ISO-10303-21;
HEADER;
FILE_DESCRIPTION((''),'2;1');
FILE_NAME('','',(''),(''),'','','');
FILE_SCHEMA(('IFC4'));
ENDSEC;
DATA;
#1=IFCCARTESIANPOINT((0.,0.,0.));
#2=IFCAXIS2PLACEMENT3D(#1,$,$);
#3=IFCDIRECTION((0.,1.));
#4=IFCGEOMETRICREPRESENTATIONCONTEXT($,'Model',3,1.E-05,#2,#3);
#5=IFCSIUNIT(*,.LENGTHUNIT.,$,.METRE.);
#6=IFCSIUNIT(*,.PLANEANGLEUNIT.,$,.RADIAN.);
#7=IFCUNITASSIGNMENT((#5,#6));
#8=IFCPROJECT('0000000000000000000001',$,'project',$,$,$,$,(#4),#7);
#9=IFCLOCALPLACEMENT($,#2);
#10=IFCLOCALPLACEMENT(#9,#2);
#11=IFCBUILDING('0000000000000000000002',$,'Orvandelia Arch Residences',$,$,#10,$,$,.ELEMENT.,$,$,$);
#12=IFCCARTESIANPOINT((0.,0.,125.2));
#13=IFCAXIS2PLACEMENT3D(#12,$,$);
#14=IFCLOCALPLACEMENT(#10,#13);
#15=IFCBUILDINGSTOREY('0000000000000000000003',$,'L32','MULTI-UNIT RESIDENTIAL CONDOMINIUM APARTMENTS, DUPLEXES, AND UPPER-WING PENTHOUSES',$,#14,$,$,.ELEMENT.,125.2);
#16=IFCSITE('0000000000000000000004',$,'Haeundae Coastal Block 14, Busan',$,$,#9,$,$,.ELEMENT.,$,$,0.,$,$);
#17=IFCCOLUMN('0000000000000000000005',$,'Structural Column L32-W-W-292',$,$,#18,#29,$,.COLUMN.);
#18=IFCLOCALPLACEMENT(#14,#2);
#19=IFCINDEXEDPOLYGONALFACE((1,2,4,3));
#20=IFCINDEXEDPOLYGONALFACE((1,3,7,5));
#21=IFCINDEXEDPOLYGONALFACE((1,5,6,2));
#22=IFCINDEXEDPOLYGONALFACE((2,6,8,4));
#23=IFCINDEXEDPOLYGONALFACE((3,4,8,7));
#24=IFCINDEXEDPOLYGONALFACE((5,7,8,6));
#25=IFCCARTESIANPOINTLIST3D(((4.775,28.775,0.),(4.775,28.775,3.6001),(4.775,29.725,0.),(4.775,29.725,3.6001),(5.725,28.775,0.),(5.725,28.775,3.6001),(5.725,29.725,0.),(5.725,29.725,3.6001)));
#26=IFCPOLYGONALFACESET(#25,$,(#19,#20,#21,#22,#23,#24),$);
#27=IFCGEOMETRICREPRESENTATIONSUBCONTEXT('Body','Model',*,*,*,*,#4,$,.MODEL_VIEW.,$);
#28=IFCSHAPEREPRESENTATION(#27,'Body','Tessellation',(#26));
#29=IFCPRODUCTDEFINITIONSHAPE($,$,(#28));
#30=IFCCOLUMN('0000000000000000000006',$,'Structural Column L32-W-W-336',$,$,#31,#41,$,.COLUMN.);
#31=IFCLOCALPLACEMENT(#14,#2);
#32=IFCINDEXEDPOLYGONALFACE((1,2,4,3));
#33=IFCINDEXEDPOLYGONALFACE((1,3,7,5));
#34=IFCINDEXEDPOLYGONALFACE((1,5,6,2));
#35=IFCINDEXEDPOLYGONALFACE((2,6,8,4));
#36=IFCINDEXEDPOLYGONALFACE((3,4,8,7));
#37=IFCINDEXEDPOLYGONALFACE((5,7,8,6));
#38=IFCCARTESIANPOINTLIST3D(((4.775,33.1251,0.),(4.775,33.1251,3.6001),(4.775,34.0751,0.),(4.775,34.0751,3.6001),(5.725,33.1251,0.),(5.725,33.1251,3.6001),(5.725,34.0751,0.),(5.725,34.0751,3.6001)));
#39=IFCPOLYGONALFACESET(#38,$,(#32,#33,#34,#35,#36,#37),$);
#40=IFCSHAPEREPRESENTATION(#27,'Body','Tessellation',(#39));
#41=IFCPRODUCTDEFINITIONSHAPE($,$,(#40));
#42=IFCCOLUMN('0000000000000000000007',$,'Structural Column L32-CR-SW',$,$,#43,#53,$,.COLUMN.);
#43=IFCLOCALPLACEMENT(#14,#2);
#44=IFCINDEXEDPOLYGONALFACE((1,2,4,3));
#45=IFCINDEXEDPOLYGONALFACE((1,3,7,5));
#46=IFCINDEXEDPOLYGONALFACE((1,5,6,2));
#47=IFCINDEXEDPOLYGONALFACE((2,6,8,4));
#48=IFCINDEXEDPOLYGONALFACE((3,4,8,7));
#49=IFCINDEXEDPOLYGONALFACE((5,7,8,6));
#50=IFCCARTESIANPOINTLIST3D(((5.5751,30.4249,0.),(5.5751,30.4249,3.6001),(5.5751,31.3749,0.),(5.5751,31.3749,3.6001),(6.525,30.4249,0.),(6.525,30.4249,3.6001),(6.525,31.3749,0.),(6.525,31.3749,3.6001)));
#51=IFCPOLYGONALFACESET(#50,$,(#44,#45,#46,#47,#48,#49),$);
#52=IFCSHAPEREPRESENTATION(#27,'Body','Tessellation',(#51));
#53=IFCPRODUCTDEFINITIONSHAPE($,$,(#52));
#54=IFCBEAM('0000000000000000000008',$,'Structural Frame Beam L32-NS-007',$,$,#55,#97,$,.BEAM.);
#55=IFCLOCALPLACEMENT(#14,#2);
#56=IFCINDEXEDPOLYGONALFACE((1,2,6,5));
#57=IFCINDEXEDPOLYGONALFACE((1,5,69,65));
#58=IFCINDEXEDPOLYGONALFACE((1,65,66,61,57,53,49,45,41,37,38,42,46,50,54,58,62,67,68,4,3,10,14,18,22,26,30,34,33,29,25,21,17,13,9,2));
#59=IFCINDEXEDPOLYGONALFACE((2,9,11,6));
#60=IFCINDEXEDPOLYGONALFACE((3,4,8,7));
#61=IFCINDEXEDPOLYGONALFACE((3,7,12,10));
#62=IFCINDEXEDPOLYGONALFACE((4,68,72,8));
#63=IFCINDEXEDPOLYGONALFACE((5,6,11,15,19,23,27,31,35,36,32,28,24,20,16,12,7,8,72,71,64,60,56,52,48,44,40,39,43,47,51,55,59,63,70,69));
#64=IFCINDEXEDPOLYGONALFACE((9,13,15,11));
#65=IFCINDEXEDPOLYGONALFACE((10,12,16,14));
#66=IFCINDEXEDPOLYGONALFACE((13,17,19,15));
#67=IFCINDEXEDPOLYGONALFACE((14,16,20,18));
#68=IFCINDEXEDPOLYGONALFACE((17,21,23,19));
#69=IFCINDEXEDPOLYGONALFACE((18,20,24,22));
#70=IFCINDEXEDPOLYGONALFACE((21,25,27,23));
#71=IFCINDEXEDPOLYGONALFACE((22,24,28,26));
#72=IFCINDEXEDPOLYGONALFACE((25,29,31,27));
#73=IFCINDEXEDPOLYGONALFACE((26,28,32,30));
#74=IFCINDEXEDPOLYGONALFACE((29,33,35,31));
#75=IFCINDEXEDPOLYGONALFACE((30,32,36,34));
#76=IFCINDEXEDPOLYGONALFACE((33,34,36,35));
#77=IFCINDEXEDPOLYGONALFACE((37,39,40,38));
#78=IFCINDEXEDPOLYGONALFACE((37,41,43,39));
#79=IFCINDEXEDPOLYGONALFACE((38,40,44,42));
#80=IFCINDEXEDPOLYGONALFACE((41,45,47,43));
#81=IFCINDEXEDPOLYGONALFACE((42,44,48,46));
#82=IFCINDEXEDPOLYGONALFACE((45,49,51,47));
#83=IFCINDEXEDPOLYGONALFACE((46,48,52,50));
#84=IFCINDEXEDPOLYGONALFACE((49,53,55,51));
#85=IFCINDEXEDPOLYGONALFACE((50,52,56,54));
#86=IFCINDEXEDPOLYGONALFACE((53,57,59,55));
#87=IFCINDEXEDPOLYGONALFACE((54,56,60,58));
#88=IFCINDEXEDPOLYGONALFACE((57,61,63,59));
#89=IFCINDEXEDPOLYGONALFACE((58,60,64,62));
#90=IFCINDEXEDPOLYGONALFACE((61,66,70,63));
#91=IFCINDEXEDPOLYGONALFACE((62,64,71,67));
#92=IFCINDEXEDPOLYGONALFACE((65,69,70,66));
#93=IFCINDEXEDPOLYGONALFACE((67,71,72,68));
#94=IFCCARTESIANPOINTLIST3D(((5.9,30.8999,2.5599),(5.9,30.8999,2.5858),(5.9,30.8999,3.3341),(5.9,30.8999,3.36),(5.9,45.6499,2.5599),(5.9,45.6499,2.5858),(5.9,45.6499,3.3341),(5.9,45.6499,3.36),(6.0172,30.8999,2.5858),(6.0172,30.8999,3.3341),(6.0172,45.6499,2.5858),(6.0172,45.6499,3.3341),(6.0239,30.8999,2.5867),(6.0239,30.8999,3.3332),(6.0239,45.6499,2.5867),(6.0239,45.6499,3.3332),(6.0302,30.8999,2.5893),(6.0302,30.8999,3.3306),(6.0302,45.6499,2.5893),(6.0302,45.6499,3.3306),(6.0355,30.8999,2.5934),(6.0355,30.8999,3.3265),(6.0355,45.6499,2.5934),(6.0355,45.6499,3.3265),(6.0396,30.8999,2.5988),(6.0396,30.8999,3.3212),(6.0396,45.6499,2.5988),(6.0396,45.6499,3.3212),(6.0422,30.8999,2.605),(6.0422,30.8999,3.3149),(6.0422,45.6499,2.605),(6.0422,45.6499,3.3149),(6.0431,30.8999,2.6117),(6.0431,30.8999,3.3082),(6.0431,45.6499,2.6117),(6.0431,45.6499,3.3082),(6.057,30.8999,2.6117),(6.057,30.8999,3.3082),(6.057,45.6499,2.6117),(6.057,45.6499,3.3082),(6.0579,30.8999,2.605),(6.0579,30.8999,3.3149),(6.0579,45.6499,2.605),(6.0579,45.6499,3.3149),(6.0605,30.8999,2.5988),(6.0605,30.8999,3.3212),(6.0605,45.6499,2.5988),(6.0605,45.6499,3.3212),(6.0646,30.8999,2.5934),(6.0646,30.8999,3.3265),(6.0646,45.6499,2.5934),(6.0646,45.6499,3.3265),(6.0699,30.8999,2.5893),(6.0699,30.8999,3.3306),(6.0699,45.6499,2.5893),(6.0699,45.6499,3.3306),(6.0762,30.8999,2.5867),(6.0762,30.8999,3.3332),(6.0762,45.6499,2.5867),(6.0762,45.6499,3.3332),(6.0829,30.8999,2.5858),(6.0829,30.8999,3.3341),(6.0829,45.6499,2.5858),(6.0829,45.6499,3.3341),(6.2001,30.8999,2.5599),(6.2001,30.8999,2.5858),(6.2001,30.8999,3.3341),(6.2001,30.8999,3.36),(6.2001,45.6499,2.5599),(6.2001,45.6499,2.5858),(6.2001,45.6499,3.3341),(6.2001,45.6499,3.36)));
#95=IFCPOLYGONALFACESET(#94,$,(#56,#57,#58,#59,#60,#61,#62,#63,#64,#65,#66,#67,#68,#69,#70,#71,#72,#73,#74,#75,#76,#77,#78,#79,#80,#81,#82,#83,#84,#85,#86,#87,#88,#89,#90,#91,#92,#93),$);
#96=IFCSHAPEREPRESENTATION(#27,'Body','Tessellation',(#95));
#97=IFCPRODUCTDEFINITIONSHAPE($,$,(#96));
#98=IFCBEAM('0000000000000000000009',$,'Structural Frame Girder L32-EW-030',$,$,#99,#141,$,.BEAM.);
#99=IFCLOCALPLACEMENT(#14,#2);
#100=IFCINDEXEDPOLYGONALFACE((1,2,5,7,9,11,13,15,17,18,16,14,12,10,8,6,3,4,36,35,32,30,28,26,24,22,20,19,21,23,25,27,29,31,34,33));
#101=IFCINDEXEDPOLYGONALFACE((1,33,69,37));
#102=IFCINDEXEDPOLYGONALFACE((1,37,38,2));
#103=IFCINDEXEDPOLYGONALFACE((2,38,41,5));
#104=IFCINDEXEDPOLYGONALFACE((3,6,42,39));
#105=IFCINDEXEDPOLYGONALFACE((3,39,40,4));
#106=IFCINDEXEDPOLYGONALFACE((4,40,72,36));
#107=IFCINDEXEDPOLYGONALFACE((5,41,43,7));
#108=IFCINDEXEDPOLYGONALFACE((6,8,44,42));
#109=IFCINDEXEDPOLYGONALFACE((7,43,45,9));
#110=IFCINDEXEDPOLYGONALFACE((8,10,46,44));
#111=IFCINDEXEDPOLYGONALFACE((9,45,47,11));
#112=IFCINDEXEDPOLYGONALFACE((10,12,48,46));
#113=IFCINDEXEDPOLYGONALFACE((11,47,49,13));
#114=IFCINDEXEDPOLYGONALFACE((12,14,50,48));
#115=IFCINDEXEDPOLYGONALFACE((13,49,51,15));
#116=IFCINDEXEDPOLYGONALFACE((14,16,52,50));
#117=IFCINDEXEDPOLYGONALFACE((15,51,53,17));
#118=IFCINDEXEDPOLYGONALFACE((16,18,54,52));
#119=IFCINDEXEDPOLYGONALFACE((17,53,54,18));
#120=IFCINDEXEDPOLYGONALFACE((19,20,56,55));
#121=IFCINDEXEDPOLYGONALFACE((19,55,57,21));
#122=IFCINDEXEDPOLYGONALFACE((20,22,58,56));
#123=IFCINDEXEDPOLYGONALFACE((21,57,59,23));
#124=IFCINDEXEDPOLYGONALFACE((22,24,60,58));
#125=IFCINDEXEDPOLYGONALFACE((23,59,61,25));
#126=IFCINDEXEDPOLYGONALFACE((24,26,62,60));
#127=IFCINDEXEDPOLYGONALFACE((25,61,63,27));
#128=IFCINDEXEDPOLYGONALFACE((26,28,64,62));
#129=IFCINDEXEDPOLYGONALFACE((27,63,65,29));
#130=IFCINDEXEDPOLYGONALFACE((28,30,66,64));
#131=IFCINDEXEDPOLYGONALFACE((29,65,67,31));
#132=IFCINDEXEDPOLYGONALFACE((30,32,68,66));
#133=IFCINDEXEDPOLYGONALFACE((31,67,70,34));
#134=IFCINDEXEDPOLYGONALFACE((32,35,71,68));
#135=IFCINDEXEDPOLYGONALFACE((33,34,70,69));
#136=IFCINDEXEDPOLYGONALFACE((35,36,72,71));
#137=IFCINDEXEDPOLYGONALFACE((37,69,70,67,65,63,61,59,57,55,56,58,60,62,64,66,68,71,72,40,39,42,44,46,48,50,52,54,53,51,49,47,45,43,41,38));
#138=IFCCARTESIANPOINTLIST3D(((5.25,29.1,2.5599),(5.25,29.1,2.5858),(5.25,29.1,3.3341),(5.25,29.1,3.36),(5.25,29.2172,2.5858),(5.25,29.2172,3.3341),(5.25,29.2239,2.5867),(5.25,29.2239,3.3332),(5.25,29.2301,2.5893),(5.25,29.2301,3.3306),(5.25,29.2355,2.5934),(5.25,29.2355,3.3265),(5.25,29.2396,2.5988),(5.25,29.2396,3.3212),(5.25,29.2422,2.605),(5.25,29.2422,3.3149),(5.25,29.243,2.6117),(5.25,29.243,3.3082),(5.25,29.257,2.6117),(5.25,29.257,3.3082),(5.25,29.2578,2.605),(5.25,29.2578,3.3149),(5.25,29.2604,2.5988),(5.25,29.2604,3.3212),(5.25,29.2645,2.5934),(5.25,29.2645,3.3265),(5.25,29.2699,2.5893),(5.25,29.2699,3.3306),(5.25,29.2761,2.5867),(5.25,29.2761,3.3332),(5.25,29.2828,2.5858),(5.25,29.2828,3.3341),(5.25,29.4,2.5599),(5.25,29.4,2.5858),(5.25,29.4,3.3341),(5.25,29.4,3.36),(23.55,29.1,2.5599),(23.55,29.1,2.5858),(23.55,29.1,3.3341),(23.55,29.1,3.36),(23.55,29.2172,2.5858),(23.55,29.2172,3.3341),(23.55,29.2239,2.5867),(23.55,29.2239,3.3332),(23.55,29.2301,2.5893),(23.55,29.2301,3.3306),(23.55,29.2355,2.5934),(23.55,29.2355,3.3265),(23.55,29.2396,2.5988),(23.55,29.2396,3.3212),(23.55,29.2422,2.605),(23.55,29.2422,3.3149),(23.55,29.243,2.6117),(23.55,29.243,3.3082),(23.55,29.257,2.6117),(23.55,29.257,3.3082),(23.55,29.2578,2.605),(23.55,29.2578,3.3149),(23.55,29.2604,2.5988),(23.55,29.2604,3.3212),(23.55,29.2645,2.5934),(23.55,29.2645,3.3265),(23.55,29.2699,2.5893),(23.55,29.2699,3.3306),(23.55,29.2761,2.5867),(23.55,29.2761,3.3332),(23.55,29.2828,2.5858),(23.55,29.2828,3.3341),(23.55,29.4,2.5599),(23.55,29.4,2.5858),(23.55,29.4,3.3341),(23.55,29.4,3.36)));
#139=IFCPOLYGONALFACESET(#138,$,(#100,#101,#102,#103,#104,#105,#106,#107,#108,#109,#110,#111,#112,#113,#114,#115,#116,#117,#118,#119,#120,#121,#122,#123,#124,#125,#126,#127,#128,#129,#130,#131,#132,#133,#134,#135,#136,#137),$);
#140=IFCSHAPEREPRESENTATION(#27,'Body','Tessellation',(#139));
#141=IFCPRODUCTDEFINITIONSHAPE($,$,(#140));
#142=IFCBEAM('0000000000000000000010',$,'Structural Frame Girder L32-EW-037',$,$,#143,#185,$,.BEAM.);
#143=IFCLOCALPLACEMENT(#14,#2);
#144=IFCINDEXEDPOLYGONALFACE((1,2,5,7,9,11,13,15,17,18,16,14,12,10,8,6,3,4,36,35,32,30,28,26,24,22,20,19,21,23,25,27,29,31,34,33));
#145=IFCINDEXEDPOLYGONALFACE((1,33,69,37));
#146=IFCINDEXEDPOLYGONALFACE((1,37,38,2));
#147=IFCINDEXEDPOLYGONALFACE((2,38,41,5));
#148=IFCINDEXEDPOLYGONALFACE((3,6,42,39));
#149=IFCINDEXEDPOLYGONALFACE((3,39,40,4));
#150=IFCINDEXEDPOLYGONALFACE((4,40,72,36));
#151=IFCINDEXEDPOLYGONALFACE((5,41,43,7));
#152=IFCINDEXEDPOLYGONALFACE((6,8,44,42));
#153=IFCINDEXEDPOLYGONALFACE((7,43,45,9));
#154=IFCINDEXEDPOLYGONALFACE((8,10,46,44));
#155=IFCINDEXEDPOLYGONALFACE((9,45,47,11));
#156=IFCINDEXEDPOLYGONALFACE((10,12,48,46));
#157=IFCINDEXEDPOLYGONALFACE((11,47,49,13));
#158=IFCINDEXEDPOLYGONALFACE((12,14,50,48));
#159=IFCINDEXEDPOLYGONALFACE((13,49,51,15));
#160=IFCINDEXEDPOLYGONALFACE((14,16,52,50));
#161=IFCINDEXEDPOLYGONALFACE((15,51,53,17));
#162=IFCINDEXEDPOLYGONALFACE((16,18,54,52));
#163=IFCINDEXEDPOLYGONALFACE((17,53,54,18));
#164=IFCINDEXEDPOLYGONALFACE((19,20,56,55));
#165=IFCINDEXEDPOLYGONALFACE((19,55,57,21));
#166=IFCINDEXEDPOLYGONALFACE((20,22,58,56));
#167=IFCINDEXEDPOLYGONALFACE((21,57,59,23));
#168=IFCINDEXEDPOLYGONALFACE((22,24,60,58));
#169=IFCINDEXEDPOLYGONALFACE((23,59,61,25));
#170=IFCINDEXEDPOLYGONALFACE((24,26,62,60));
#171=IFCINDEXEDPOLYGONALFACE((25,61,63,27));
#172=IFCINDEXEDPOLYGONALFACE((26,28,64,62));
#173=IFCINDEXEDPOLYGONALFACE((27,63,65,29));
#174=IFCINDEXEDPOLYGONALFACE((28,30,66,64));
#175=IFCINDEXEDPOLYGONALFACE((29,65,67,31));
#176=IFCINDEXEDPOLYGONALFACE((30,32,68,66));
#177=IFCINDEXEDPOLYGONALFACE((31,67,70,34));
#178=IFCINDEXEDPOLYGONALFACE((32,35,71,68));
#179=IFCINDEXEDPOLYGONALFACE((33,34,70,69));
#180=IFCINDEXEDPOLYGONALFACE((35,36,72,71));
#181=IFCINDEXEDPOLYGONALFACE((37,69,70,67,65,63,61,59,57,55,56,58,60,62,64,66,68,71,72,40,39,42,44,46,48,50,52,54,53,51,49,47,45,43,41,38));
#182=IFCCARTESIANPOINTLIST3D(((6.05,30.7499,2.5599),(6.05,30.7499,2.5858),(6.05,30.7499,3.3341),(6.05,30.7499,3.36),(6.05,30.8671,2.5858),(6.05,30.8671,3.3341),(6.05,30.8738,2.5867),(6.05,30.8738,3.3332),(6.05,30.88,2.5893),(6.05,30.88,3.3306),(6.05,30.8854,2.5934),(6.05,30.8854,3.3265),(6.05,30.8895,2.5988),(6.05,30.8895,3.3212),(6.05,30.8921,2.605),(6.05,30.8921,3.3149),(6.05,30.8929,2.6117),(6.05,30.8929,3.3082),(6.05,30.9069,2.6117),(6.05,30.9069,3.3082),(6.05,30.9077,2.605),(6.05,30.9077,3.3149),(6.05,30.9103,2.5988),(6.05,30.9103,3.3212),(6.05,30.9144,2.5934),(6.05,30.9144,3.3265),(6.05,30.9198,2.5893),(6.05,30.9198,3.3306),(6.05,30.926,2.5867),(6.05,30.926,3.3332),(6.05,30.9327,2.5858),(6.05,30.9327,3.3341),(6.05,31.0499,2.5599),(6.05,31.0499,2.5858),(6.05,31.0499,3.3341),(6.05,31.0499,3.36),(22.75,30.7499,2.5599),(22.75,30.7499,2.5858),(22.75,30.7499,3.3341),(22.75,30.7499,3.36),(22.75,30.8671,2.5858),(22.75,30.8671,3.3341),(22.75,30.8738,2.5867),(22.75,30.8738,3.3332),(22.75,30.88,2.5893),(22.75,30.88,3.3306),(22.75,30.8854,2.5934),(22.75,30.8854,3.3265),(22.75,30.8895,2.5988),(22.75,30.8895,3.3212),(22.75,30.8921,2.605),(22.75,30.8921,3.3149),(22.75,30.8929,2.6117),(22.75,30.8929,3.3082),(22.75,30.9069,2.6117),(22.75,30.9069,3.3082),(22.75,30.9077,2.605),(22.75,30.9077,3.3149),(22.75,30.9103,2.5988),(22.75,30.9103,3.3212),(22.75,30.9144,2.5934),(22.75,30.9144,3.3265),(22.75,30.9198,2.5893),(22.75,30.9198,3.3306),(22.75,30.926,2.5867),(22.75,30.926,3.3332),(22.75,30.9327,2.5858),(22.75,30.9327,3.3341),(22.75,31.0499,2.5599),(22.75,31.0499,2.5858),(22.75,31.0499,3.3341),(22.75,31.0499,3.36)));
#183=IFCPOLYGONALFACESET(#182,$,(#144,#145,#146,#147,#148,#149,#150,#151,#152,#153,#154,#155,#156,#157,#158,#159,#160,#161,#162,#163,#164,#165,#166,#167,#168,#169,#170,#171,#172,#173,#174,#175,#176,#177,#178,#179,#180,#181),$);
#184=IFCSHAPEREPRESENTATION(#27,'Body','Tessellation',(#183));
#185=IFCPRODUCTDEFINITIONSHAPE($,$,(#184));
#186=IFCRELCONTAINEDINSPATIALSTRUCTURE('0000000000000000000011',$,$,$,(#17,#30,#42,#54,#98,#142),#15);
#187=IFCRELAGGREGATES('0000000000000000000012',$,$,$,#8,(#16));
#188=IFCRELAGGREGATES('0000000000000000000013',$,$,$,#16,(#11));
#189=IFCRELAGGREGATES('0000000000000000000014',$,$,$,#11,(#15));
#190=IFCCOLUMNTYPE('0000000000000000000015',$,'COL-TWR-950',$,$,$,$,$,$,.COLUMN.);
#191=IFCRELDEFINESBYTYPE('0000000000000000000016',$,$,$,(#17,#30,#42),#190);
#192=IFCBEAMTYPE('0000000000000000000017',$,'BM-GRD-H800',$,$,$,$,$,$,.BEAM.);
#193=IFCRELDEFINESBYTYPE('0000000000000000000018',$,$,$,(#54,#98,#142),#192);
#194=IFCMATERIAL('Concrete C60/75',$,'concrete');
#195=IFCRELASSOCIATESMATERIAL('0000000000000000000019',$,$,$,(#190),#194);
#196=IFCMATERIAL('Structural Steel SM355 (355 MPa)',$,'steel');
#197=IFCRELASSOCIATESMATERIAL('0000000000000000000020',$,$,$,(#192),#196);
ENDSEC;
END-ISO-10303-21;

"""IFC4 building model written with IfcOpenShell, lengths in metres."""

from ifc_helpers import new_model, si_unit, direction, frame, origin, origin_2d, place, context, subcontext, project, spatial, rectangle, i_section, extrude, material, material_profile, profile_set, type_object, element, save


model = new_model("IFC4")

# Units and contexts
model_context = context("Model", 3, precision=1e-05, world=origin(), true_north=direction((0.0, 1.0)))
body_context = subcontext(model_context, "Body", "Model", "MODEL_VIEW")
ifc_project = project(units=[si_unit("LENGTHUNIT", "METRE"), si_unit("PLANEANGLEUNIT", "RADIAN")], contexts=[model_context])

# Site, building, storey
site_placement = place(None, origin())
site = spatial("IfcSite", under=ifc_project, at=site_placement, Name="Haeundae Coastal Block 14, Busan", CompositionType="ELEMENT", RefElevation=0.0)
building_placement = place(site_placement, origin())
building = spatial("IfcBuilding", under=site, at=building_placement, Name="Orvandelia Arch Residences", CompositionType="ELEMENT")
storey_placement = place(building_placement, frame((0.0, 0.0, 125.2)))
storey = spatial("IfcBuildingStorey", under=building, at=storey_placement, Name="L32", Description="MULTI-UNIT RESIDENTIAL CONDOMINIUM APARTMENTS, DUPLEXES, AND UPPER-WING PENTHOUSES", CompositionType="ELEMENT", Elevation=125.2)

# Columns
ifc_material_1 = material(Name="Concrete C60/75", Category="concrete")
ifc_material_profile_1 = material_profile(ifc_material_1, rectangle(XDim=0.95, YDim=0.95, at=origin_2d()), Name="Concrete C60/75", Category="concrete")
ifc_profile_set_1 = profile_set([ifc_material_profile_1], Name="Concrete C60/75")
column_type = type_object("IfcColumnType", Name="COL-TWR-950", PredefinedType="COLUMN", material=ifc_profile_set_1)
for number, where, z_axis, x_axis, name in (
    (1, (5.25, 29.25, 0.0), (0.0, 0.0, 1.0), (1.0, 0.0, 0.0), "Structural Column L32-W-W-292"),
    (2, (5.25, 33.6001, 0.0), (0.0, 0.0, 1.0), (1.0, 0.0, 0.0), "Structural Column L32-W-W-336"),
    (3, (6.05, 30.8999, 0.0), (0.0, 0.0, 1.0), (1.0, 0.0, 0.0), "Structural Column L32-CR-SW"),
):
    element("IfcColumn", number, at=place(storey_placement, frame(where, z_axis=z_axis, x_axis=x_axis)), inside=storey, type_object=column_type, Name=name, PredefinedType="COLUMN", context=body_context, shape_type="SweptSolid", body=[
        extrude(rectangle(XDim=0.95, YDim=0.95, at=origin_2d()), origin(), (0.0, 0.0, 1.0), 3.6001),
    ])

# Beams
ifc_material_2 = material(Name="Structural Steel SM355 (355 MPa)", Category="steel")
ifc_material_profile_2 = material_profile(ifc_material_2, i_section(OverallWidth=0.3, OverallDepth=0.8, WebThickness=0.0139, FlangeThickness=0.0259, FilletRadius=0.0259, at=origin_2d()), Name="Structural Steel SM355 (355 MPa)", Category="steel")
ifc_profile_set_2 = profile_set([ifc_material_profile_2], Name="Structural Steel SM355 (355 MPa)")
beam_type_1 = type_object("IfcBeamType", Name="BM-GRD-H800", PredefinedType="BEAM", material=ifc_profile_set_2)
beam_1_placement = place(storey_placement, frame((6.05, 30.8999, 2.96), z_axis=(0.0, 1.0, 0.0), x_axis=(-1.0, 0.0, 0.0)))
element("IfcBeam", 4, at=beam_1_placement, inside=storey, type_object=beam_type_1, Name="Structural Frame Beam L32-NS-007", PredefinedType="BEAM", context=body_context, shape_type="SweptSolid", body=[
    extrude(i_section(OverallWidth=0.3, OverallDepth=0.8, WebThickness=0.0139, FlangeThickness=0.0259, FilletRadius=0.0259, at=origin_2d()), origin(), (0.0, 0.0, 1.0), 14.75),
])
beam_2_placement = place(storey_placement, frame((5.25, 29.25, 2.96), z_axis=(1.0, 0.0, 0.0), x_axis=(0.0, 1.0, 0.0)))
element("IfcBeam", 5, at=beam_2_placement, inside=storey, type_object=beam_type_1, Name="Structural Frame Girder L32-EW-030", PredefinedType="BEAM", context=body_context, shape_type="SweptSolid", body=[
    extrude(i_section(OverallWidth=0.3, OverallDepth=0.8, WebThickness=0.0139, FlangeThickness=0.0259, FilletRadius=0.0259, at=origin_2d()), origin(), (0.0, 0.0, 1.0), 18.3),
])
beam_3_placement = place(storey_placement, frame((6.05, 30.8999, 2.96), z_axis=(1.0, 0.0, 0.0), x_axis=(0.0, 1.0, 0.0)))
element("IfcBeam", 6, at=beam_3_placement, inside=storey, type_object=beam_type_1, Name="Structural Frame Girder L32-EW-037", PredefinedType="BEAM", context=body_context, shape_type="SweptSolid", body=[
    extrude(i_section(OverallWidth=0.3, OverallDepth=0.8, WebThickness=0.0139, FlangeThickness=0.0259, FilletRadius=0.0259, at=origin_2d()), origin(), (0.0, 0.0, 1.0), 16.7),
])

save(model, "model.ifc")
